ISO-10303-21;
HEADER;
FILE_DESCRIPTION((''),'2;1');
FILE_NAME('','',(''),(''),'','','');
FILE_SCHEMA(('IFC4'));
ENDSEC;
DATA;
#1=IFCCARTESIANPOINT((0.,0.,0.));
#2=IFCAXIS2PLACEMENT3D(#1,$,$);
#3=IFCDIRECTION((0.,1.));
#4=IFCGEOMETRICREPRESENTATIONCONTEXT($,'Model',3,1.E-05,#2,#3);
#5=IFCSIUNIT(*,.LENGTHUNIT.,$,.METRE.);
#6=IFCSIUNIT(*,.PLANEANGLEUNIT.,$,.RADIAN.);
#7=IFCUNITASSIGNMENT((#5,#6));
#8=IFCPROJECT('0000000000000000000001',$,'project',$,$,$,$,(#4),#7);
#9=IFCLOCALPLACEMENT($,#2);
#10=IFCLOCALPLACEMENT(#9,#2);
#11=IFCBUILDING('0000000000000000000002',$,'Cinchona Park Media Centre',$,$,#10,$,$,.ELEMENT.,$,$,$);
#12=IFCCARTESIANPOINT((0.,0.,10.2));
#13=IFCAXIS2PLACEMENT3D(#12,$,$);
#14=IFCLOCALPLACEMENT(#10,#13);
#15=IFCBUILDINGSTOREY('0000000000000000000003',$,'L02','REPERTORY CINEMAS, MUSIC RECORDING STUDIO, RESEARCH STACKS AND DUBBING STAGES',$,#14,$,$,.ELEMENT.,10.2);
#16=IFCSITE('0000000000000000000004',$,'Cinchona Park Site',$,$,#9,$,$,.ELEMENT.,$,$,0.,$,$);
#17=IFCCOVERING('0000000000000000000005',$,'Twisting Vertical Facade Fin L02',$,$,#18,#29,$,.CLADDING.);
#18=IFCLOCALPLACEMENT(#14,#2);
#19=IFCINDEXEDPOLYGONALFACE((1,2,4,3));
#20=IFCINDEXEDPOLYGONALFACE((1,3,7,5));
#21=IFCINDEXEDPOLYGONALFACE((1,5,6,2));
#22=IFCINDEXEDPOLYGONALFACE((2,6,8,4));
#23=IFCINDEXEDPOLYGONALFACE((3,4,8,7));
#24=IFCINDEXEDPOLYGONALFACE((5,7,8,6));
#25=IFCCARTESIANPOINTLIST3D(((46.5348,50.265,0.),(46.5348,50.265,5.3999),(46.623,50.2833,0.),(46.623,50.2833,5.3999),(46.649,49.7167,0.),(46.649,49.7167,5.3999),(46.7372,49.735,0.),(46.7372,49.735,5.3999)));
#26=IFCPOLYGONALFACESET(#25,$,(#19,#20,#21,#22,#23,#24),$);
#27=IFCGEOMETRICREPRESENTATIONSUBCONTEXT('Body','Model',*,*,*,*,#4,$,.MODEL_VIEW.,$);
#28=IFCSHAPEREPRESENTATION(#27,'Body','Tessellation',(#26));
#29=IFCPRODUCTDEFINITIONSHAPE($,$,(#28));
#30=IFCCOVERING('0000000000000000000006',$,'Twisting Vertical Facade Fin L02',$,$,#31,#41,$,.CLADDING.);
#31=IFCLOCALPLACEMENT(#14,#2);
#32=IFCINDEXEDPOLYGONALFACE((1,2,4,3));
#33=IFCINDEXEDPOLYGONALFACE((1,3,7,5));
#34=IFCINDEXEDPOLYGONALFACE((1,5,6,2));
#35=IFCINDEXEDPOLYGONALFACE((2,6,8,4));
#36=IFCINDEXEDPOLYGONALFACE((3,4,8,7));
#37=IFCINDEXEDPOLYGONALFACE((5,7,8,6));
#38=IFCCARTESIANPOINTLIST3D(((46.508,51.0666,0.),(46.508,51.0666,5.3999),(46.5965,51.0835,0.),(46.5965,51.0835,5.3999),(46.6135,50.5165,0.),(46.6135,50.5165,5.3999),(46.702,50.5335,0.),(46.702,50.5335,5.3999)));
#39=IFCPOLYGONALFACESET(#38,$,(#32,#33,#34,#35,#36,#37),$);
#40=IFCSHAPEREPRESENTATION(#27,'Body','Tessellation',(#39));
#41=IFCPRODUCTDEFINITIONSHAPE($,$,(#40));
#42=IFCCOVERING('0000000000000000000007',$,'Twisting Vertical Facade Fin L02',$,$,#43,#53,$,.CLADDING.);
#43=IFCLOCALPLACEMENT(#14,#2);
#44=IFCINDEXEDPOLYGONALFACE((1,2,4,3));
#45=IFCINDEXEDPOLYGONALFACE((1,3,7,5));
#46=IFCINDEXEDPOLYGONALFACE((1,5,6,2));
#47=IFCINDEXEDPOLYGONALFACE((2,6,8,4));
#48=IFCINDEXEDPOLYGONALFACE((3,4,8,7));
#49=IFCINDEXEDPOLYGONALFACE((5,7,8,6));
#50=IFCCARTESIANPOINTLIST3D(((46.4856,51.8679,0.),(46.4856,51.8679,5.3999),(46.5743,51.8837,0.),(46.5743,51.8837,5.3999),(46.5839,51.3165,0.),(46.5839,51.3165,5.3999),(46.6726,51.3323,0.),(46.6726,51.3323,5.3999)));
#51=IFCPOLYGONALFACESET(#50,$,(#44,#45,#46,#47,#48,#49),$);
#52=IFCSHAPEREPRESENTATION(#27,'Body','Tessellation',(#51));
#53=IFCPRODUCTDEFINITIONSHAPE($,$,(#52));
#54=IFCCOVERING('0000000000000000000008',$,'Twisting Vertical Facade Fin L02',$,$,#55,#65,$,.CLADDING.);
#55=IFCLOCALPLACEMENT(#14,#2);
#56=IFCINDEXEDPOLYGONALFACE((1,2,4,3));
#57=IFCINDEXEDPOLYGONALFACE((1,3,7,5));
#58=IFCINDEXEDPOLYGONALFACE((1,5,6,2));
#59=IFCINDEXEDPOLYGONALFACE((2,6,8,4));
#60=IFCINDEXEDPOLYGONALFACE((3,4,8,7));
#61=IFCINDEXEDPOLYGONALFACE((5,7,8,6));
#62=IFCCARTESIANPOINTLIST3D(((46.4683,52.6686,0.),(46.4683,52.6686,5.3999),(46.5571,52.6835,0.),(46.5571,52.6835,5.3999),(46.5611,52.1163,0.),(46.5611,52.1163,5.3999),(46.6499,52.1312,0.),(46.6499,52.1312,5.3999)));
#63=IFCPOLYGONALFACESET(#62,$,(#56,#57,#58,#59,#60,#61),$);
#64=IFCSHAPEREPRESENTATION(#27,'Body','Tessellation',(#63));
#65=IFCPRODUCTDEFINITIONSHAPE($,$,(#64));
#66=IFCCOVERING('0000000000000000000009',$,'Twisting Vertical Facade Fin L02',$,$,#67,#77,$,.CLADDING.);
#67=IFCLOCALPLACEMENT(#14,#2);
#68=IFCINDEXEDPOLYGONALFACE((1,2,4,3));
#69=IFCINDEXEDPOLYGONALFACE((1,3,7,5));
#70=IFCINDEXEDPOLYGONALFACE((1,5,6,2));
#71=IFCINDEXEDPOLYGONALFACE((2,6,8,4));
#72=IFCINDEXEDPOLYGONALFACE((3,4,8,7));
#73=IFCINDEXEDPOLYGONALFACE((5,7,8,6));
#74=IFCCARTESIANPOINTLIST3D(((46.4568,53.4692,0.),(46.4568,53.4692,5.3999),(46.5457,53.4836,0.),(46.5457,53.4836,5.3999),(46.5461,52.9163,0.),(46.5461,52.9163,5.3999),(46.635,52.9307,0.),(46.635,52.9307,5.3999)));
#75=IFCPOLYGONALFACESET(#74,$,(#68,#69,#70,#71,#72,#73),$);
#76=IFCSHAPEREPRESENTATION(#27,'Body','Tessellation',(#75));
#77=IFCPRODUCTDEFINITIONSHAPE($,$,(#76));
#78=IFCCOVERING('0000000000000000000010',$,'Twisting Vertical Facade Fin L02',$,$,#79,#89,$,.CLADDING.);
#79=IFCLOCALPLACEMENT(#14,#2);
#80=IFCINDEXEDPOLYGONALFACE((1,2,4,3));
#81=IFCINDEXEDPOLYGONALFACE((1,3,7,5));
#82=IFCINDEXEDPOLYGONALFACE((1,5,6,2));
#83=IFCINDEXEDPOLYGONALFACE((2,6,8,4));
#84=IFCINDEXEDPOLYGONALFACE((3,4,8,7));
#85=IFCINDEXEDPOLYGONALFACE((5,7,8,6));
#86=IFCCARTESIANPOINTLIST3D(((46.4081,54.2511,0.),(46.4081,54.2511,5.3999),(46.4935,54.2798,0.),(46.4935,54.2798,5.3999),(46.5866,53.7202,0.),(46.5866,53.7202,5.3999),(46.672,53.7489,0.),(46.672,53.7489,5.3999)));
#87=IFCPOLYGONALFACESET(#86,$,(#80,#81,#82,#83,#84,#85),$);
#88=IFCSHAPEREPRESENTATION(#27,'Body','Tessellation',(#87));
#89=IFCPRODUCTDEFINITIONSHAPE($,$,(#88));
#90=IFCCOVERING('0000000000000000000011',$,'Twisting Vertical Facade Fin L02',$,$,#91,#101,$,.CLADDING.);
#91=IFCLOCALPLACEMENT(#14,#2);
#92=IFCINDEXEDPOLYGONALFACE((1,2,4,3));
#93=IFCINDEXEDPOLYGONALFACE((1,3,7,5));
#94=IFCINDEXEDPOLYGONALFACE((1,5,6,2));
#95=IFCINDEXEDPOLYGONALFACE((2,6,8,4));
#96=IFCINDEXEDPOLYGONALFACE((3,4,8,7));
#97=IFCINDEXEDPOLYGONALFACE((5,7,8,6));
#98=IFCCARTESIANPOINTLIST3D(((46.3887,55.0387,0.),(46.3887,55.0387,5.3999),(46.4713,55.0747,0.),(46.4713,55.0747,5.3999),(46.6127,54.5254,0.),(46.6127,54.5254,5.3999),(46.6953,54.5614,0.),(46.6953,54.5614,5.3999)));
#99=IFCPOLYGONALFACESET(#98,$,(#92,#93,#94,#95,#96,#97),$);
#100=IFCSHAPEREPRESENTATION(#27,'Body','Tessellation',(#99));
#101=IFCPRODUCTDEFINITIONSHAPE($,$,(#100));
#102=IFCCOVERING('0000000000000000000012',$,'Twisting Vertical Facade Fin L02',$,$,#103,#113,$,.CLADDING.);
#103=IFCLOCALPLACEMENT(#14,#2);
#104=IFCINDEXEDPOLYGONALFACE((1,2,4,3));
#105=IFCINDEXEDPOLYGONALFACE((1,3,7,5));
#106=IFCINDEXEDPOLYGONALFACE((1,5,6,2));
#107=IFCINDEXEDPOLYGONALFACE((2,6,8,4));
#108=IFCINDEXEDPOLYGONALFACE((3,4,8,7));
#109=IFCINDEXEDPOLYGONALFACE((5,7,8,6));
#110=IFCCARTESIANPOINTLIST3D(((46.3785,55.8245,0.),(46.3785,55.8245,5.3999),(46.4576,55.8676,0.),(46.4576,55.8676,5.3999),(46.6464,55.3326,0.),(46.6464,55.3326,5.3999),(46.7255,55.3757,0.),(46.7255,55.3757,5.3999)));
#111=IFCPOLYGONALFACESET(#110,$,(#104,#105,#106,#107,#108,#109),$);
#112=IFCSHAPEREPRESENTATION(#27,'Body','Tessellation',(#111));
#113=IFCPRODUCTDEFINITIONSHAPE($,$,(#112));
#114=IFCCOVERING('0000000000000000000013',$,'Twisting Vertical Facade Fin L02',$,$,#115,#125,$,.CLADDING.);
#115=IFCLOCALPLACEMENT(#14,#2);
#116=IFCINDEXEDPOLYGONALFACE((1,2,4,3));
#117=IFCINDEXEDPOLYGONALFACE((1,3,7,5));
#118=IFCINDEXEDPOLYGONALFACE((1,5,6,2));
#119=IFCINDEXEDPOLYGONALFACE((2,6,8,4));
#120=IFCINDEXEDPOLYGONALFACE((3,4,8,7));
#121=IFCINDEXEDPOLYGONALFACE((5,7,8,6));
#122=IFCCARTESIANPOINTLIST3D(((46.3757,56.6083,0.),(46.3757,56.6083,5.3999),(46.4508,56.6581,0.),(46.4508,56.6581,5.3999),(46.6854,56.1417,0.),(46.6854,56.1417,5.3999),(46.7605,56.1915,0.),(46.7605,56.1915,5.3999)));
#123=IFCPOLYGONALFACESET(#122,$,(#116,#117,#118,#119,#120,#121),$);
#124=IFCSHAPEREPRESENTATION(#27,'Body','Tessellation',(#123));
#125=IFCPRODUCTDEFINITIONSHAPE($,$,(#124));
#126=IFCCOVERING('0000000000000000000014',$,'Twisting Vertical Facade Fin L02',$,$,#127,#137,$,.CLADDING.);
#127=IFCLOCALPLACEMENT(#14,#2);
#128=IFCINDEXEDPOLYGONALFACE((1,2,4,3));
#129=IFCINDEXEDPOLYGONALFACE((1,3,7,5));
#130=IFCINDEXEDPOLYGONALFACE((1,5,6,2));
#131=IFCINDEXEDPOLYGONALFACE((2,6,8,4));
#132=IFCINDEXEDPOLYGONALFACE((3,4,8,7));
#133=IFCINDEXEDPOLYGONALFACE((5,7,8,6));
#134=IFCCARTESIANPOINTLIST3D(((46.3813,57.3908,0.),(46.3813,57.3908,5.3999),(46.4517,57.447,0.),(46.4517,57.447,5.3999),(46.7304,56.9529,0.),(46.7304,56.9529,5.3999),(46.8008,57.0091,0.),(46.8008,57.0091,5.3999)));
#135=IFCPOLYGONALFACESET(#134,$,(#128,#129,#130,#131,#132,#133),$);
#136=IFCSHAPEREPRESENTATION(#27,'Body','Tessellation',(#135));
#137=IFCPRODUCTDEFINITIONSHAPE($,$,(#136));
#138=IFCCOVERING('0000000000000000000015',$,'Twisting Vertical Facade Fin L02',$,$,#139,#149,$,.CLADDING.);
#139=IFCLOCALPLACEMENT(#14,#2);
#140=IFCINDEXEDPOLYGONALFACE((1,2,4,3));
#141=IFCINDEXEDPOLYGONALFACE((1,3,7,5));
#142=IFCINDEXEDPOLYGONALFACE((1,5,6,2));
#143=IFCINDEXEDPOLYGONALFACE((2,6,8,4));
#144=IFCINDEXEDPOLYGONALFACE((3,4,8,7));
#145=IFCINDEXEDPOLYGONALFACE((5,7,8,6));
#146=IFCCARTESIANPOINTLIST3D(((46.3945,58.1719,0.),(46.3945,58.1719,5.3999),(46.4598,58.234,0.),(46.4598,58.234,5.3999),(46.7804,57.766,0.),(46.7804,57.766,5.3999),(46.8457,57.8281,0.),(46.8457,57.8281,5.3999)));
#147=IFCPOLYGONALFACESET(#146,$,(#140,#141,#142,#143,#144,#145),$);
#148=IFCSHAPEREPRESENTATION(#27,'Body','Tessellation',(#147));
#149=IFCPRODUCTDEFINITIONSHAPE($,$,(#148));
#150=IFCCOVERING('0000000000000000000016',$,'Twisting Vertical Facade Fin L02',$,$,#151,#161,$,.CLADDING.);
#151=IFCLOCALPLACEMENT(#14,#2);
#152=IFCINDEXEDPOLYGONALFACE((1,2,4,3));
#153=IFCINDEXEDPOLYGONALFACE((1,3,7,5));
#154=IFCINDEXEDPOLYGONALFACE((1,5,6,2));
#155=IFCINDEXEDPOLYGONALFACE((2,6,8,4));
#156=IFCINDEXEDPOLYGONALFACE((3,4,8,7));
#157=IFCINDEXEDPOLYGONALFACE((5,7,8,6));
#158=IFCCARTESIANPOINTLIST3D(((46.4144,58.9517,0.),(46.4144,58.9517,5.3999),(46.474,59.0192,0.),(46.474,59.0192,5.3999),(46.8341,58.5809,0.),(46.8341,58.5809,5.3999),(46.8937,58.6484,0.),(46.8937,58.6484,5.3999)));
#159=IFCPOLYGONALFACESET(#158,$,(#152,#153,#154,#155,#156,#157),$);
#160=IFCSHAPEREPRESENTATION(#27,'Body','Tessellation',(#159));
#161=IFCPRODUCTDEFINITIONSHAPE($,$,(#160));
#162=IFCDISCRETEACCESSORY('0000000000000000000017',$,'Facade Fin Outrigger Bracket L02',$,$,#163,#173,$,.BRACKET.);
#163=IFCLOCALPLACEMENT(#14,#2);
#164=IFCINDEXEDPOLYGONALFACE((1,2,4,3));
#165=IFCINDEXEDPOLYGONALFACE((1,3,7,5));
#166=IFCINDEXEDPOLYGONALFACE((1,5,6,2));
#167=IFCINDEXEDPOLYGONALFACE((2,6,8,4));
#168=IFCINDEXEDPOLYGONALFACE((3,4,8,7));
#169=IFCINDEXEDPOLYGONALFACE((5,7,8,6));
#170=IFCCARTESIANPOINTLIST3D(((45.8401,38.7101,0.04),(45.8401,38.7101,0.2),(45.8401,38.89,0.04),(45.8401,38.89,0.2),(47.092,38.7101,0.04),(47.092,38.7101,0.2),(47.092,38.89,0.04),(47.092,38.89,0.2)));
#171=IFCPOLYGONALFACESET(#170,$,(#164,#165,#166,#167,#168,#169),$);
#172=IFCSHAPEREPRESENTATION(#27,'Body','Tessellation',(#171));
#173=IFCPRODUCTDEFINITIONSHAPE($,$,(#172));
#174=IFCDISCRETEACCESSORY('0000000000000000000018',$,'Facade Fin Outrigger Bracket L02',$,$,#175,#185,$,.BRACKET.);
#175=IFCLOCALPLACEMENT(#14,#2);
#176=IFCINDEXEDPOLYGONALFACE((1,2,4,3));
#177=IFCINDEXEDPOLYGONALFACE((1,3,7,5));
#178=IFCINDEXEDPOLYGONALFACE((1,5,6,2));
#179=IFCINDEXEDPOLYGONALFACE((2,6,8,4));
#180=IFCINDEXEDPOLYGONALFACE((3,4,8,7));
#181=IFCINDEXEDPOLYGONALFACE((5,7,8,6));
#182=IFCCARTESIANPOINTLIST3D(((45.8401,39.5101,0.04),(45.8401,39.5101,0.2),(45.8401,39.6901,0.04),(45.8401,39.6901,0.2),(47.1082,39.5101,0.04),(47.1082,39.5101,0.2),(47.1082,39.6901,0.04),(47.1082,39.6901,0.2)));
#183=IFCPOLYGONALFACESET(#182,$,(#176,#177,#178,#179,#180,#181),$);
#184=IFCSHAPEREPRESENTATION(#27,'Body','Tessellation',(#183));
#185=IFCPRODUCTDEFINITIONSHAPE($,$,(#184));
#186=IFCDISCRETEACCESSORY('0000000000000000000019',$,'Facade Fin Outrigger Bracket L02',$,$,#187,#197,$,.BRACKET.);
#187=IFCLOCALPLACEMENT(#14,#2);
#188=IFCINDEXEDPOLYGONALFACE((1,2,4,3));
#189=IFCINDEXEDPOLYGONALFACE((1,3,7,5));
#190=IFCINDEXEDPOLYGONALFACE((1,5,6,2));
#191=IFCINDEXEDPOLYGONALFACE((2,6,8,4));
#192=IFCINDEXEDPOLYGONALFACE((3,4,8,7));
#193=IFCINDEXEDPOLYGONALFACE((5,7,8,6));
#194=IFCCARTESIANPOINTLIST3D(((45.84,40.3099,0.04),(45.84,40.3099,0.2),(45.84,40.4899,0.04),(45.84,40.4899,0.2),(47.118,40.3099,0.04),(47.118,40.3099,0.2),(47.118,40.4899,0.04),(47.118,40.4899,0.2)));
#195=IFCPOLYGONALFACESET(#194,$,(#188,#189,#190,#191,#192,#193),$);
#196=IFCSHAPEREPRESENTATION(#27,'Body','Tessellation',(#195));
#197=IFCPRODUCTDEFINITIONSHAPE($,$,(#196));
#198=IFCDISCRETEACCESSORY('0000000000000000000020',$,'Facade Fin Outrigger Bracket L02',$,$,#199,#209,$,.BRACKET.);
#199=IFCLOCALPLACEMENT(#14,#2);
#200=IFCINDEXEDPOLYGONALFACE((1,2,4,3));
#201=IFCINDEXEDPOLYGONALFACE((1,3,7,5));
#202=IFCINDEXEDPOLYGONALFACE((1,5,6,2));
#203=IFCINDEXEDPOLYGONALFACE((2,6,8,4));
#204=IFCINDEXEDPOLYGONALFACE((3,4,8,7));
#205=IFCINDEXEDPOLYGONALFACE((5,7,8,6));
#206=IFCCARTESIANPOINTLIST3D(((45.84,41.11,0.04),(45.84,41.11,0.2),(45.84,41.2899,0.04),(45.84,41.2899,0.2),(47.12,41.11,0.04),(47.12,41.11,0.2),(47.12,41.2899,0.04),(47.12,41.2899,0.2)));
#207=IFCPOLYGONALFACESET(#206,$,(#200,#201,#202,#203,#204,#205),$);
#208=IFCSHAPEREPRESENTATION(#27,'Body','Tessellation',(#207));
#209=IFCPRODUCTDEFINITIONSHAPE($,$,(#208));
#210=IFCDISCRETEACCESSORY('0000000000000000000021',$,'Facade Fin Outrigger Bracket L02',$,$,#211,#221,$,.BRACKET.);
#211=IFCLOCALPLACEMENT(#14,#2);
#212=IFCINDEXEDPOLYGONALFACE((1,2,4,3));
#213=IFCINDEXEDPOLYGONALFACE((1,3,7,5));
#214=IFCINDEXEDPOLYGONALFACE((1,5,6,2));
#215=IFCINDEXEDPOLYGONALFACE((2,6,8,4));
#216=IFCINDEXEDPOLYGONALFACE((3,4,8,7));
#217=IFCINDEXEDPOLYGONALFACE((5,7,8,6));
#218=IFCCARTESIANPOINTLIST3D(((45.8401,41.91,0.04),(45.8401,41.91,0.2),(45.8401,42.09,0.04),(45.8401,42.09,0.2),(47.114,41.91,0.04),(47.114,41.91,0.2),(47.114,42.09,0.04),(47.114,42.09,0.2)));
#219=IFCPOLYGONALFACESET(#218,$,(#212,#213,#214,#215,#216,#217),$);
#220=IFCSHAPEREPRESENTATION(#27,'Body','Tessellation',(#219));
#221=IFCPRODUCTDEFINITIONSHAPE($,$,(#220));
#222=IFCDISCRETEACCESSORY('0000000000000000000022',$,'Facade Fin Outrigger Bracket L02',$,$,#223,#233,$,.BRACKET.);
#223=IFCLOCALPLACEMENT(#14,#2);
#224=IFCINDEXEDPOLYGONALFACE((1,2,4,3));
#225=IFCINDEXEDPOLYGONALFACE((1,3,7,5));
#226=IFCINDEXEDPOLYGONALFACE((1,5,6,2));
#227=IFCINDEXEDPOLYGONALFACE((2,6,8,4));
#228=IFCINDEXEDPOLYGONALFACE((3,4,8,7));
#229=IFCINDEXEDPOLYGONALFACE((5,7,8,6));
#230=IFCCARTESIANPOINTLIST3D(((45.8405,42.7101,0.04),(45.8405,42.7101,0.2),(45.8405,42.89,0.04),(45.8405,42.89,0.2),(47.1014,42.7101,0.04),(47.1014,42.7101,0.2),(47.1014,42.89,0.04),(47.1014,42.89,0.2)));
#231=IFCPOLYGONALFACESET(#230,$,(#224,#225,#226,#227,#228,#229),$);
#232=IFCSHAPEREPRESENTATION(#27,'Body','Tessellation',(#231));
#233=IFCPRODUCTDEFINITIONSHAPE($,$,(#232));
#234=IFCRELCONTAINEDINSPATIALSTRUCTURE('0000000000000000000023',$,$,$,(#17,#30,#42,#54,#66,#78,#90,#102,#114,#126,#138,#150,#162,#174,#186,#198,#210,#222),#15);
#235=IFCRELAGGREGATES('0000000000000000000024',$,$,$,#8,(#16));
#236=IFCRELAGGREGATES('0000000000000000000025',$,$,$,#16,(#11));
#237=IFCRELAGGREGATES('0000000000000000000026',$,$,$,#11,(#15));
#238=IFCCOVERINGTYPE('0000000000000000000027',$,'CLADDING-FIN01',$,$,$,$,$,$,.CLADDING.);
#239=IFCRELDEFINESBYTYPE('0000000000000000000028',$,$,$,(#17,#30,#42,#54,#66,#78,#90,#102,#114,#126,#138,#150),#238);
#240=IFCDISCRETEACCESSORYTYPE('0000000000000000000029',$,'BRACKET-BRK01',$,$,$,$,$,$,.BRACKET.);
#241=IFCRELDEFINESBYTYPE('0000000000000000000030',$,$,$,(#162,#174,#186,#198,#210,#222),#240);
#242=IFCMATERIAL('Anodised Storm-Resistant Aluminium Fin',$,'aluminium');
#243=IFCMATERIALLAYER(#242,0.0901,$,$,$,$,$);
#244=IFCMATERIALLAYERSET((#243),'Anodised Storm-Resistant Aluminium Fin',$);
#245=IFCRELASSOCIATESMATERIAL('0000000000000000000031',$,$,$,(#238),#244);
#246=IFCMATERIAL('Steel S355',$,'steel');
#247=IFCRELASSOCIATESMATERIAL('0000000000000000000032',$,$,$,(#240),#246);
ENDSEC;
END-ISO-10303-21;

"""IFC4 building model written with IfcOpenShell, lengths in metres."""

from ifc_helpers import new_model, si_unit, direction, frame, origin, origin_2d, place, context, subcontext, project, spatial, rectangle, extrude, material, layer, layer_set, type_object, element, save


model = new_model("IFC4")

# Units and contexts
model_context = context("Model", 3, precision=1e-05, world=origin(), true_north=direction((0.0, 1.0)))
body_context = subcontext(model_context, "Body", "Model", "MODEL_VIEW")
ifc_project = project(units=[si_unit("LENGTHUNIT", "METRE"), si_unit("PLANEANGLEUNIT", "RADIAN")], contexts=[model_context])

# Site, building, storey
site_placement = place(None, origin())
site = spatial("IfcSite", under=ifc_project, at=site_placement, Name="Cinchona Park Site", CompositionType="ELEMENT", RefElevation=0.0)
building_placement = place(site_placement, origin())
building = spatial("IfcBuilding", under=site, at=building_placement, Name="Cinchona Park Media Centre", CompositionType="ELEMENT")
storey_placement = place(building_placement, frame((0.0, 0.0, 10.2)))
storey = spatial("IfcBuildingStorey", under=building, at=storey_placement, Name="L02", Description="REPERTORY CINEMAS, MUSIC RECORDING STUDIO, RESEARCH STACKS AND DUBBING STAGES", CompositionType="ELEMENT", Elevation=10.2)

# Coverings
ifc_material_1 = material(Name="Anodised Storm-Resistant Aluminium Fin", Category="aluminium")
ifc_layer = layer(ifc_material_1, 0.0901)
ifc_layer_set = layer_set([ifc_layer], Name="Anodised Storm-Resistant Aluminium Fin")
covering_type = type_object("IfcCoveringType", Name="CLADDING-FIN01", PredefinedType="CLADDING", material=ifc_layer_set)
for number, where, z_axis, x_axis, name in (
    (1, (46.636, 50.0, 0.0), (0.0, 0.0, 1.0), (-0.203813, 0.97901, 0.0), "Twisting Vertical Facade Fin L02"),
    (2, (46.605, 50.8, 0.0), (0.0, 0.0, 1.0), (-0.18841, 0.98209, 0.0), "Twisting Vertical Facade Fin L02"),
    (3, (46.5791, 51.6001, 0.0), (0.0, 0.0, 1.0), (-0.175539, 0.984473, 0.0), "Twisting Vertical Facade Fin L02"),
    (4, (46.5591, 52.3999, 0.0), (0.0, 0.0, 1.0), (-0.165736, 0.98617, 0.0), "Twisting Vertical Facade Fin L02"),
    (5, (46.5459, 53.2, 0.0), (0.0, 0.0, 1.0), (-0.159364, 0.98722, 0.0), "Twisting Vertical Facade Fin L02"),
    (6, (46.54, 54.0, 0.0), (0.0, 0.0, 1.0), (-0.318794, 0.947824, 0.0), "Twisting Vertical Facade Fin L02"),
    (7, (46.542, 54.8, 0.0), (0.0, 0.0, 1.0), (-0.400029, 0.916502, 0.0), "Twisting Vertical Facade Fin L02"),
    (8, (46.552, 55.6001, 0.0), (0.0, 0.0, 1.0), (-0.478385, 0.87815, 0.0), "Twisting Vertical Facade Fin L02"),
    (9, (46.5681, 56.3999, 0.0), (0.0, 0.0, 1.0), (-0.552955, 0.833211, 0.0), "Twisting Vertical Facade Fin L02"),
    (10, (46.5911, 57.2, 0.0), (0.0, 0.0, 1.0), (-0.623334, 0.781956, 0.0), "Twisting Vertical Facade Fin L02"),
    (11, (46.6201, 58.0, 0.0), (0.0, 0.0, 1.0), (-0.688987, 0.724773, 0.0), "Twisting Vertical Facade Fin L02"),
    (12, (46.6541, 58.8, 0.0), (0.0, 0.0, 1.0), (-0.749418, 0.662097, 0.0), "Twisting Vertical Facade Fin L02"),
):
    element("IfcCovering", number, at=place(storey_placement, frame(where, z_axis=z_axis, x_axis=x_axis)), inside=storey, type_object=covering_type, Name=name, PredefinedType="CLADDING", context=body_context, shape_type="SweptSolid", body=[
        extrude(rectangle(XDim=0.5601, YDim=0.0901, at=origin_2d()), origin(), (0.0, 0.0, 1.0), 5.3999),
    ])

# Discrete accessories
ifc_material_2 = material(Name="Steel S355", Category="steel")
discrete_accessory_type = type_object("IfcDiscreteAccessoryType", Name="BRACKET-BRK01", PredefinedType="BRACKET", material=ifc_material_2)
discrete_accessory_1_placement = place(storey_placement, frame((46.4661, 38.8, 0.04), z_axis=(0.0, 0.0, 1.0), x_axis=(0.0, 1.0, 0.0)))
element("IfcDiscreteAccessory", 13, at=discrete_accessory_1_placement, inside=storey, type_object=discrete_accessory_type, Name="Facade Fin Outrigger Bracket L02", PredefinedType="BRACKET", context=body_context, shape_type="SweptSolid", body=[
    extrude(rectangle(XDim=0.1799, YDim=1.252, at=origin_2d()), origin(), (0.0, 0.0, 1.0), 0.1599),
])
discrete_accessory_2_placement = place(storey_placement, frame((46.4741, 39.6001, 0.04), z_axis=(0.0, 0.0, 1.0), x_axis=(0.0, 1.0, 0.0)))
element("IfcDiscreteAccessory", 14, at=discrete_accessory_2_placement, inside=storey, type_object=discrete_accessory_type, Name="Facade Fin Outrigger Bracket L02", PredefinedType="BRACKET", context=body_context, shape_type="SweptSolid", body=[
    extrude(rectangle(XDim=0.1799, YDim=1.2681, at=origin_2d()), origin(), (0.0, 0.0, 1.0), 0.1599),
])
discrete_accessory_3_placement = place(storey_placement, frame((46.479, 40.3999, 0.04), z_axis=(0.0, 0.0, 1.0), x_axis=(0.0, 1.0, 0.0)))
element("IfcDiscreteAccessory", 15, at=discrete_accessory_3_placement, inside=storey, type_object=discrete_accessory_type, Name="Facade Fin Outrigger Bracket L02", PredefinedType="BRACKET", context=body_context, shape_type="SweptSolid", body=[
    extrude(rectangle(XDim=0.1799, YDim=1.2781, at=origin_2d()), origin(), (0.0, 0.0, 1.0), 0.1599),
])
discrete_accessory_4_placement = place(storey_placement, frame((46.48, 41.2, 0.04), z_axis=(0.0, 0.0, 1.0), x_axis=(0.0, 1.0, 0.0)))
element("IfcDiscreteAccessory", 16, at=discrete_accessory_4_placement, inside=storey, type_object=discrete_accessory_type, Name="Facade Fin Outrigger Bracket L02", PredefinedType="BRACKET", context=body_context, shape_type="SweptSolid", body=[
    extrude(rectangle(XDim=0.1799, YDim=1.28, at=origin_2d()), origin(), (0.0, 0.0, 1.0), 0.1599),
])
discrete_accessory_5_placement = place(storey_placement, frame((46.4771, 42.0, 0.04), z_axis=(0.0, 0.0, 1.0), x_axis=(0.0, 1.0, 0.0)))
element("IfcDiscreteAccessory", 17, at=discrete_accessory_5_placement, inside=storey, type_object=discrete_accessory_type, Name="Facade Fin Outrigger Bracket L02", PredefinedType="BRACKET", context=body_context, shape_type="SweptSolid", body=[
    extrude(rectangle(XDim=0.1799, YDim=1.2739, at=origin_2d()), origin(), (0.0, 0.0, 1.0), 0.1599),
])
discrete_accessory_6_placement = place(storey_placement, frame((46.4709, 42.8, 0.04), z_axis=(0.0, 0.0, 1.0), x_axis=(0.0, 1.0, 0.0)))
element("IfcDiscreteAccessory", 18, at=discrete_accessory_6_placement, inside=storey, type_object=discrete_accessory_type, Name="Facade Fin Outrigger Bracket L02", PredefinedType="BRACKET", context=body_context, shape_type="SweptSolid", body=[
    extrude(rectangle(XDim=0.1799, YDim=1.261, at=origin_2d()), origin(), (0.0, 0.0, 1.0), 0.1599),
])

save(model, "model.ifc")
